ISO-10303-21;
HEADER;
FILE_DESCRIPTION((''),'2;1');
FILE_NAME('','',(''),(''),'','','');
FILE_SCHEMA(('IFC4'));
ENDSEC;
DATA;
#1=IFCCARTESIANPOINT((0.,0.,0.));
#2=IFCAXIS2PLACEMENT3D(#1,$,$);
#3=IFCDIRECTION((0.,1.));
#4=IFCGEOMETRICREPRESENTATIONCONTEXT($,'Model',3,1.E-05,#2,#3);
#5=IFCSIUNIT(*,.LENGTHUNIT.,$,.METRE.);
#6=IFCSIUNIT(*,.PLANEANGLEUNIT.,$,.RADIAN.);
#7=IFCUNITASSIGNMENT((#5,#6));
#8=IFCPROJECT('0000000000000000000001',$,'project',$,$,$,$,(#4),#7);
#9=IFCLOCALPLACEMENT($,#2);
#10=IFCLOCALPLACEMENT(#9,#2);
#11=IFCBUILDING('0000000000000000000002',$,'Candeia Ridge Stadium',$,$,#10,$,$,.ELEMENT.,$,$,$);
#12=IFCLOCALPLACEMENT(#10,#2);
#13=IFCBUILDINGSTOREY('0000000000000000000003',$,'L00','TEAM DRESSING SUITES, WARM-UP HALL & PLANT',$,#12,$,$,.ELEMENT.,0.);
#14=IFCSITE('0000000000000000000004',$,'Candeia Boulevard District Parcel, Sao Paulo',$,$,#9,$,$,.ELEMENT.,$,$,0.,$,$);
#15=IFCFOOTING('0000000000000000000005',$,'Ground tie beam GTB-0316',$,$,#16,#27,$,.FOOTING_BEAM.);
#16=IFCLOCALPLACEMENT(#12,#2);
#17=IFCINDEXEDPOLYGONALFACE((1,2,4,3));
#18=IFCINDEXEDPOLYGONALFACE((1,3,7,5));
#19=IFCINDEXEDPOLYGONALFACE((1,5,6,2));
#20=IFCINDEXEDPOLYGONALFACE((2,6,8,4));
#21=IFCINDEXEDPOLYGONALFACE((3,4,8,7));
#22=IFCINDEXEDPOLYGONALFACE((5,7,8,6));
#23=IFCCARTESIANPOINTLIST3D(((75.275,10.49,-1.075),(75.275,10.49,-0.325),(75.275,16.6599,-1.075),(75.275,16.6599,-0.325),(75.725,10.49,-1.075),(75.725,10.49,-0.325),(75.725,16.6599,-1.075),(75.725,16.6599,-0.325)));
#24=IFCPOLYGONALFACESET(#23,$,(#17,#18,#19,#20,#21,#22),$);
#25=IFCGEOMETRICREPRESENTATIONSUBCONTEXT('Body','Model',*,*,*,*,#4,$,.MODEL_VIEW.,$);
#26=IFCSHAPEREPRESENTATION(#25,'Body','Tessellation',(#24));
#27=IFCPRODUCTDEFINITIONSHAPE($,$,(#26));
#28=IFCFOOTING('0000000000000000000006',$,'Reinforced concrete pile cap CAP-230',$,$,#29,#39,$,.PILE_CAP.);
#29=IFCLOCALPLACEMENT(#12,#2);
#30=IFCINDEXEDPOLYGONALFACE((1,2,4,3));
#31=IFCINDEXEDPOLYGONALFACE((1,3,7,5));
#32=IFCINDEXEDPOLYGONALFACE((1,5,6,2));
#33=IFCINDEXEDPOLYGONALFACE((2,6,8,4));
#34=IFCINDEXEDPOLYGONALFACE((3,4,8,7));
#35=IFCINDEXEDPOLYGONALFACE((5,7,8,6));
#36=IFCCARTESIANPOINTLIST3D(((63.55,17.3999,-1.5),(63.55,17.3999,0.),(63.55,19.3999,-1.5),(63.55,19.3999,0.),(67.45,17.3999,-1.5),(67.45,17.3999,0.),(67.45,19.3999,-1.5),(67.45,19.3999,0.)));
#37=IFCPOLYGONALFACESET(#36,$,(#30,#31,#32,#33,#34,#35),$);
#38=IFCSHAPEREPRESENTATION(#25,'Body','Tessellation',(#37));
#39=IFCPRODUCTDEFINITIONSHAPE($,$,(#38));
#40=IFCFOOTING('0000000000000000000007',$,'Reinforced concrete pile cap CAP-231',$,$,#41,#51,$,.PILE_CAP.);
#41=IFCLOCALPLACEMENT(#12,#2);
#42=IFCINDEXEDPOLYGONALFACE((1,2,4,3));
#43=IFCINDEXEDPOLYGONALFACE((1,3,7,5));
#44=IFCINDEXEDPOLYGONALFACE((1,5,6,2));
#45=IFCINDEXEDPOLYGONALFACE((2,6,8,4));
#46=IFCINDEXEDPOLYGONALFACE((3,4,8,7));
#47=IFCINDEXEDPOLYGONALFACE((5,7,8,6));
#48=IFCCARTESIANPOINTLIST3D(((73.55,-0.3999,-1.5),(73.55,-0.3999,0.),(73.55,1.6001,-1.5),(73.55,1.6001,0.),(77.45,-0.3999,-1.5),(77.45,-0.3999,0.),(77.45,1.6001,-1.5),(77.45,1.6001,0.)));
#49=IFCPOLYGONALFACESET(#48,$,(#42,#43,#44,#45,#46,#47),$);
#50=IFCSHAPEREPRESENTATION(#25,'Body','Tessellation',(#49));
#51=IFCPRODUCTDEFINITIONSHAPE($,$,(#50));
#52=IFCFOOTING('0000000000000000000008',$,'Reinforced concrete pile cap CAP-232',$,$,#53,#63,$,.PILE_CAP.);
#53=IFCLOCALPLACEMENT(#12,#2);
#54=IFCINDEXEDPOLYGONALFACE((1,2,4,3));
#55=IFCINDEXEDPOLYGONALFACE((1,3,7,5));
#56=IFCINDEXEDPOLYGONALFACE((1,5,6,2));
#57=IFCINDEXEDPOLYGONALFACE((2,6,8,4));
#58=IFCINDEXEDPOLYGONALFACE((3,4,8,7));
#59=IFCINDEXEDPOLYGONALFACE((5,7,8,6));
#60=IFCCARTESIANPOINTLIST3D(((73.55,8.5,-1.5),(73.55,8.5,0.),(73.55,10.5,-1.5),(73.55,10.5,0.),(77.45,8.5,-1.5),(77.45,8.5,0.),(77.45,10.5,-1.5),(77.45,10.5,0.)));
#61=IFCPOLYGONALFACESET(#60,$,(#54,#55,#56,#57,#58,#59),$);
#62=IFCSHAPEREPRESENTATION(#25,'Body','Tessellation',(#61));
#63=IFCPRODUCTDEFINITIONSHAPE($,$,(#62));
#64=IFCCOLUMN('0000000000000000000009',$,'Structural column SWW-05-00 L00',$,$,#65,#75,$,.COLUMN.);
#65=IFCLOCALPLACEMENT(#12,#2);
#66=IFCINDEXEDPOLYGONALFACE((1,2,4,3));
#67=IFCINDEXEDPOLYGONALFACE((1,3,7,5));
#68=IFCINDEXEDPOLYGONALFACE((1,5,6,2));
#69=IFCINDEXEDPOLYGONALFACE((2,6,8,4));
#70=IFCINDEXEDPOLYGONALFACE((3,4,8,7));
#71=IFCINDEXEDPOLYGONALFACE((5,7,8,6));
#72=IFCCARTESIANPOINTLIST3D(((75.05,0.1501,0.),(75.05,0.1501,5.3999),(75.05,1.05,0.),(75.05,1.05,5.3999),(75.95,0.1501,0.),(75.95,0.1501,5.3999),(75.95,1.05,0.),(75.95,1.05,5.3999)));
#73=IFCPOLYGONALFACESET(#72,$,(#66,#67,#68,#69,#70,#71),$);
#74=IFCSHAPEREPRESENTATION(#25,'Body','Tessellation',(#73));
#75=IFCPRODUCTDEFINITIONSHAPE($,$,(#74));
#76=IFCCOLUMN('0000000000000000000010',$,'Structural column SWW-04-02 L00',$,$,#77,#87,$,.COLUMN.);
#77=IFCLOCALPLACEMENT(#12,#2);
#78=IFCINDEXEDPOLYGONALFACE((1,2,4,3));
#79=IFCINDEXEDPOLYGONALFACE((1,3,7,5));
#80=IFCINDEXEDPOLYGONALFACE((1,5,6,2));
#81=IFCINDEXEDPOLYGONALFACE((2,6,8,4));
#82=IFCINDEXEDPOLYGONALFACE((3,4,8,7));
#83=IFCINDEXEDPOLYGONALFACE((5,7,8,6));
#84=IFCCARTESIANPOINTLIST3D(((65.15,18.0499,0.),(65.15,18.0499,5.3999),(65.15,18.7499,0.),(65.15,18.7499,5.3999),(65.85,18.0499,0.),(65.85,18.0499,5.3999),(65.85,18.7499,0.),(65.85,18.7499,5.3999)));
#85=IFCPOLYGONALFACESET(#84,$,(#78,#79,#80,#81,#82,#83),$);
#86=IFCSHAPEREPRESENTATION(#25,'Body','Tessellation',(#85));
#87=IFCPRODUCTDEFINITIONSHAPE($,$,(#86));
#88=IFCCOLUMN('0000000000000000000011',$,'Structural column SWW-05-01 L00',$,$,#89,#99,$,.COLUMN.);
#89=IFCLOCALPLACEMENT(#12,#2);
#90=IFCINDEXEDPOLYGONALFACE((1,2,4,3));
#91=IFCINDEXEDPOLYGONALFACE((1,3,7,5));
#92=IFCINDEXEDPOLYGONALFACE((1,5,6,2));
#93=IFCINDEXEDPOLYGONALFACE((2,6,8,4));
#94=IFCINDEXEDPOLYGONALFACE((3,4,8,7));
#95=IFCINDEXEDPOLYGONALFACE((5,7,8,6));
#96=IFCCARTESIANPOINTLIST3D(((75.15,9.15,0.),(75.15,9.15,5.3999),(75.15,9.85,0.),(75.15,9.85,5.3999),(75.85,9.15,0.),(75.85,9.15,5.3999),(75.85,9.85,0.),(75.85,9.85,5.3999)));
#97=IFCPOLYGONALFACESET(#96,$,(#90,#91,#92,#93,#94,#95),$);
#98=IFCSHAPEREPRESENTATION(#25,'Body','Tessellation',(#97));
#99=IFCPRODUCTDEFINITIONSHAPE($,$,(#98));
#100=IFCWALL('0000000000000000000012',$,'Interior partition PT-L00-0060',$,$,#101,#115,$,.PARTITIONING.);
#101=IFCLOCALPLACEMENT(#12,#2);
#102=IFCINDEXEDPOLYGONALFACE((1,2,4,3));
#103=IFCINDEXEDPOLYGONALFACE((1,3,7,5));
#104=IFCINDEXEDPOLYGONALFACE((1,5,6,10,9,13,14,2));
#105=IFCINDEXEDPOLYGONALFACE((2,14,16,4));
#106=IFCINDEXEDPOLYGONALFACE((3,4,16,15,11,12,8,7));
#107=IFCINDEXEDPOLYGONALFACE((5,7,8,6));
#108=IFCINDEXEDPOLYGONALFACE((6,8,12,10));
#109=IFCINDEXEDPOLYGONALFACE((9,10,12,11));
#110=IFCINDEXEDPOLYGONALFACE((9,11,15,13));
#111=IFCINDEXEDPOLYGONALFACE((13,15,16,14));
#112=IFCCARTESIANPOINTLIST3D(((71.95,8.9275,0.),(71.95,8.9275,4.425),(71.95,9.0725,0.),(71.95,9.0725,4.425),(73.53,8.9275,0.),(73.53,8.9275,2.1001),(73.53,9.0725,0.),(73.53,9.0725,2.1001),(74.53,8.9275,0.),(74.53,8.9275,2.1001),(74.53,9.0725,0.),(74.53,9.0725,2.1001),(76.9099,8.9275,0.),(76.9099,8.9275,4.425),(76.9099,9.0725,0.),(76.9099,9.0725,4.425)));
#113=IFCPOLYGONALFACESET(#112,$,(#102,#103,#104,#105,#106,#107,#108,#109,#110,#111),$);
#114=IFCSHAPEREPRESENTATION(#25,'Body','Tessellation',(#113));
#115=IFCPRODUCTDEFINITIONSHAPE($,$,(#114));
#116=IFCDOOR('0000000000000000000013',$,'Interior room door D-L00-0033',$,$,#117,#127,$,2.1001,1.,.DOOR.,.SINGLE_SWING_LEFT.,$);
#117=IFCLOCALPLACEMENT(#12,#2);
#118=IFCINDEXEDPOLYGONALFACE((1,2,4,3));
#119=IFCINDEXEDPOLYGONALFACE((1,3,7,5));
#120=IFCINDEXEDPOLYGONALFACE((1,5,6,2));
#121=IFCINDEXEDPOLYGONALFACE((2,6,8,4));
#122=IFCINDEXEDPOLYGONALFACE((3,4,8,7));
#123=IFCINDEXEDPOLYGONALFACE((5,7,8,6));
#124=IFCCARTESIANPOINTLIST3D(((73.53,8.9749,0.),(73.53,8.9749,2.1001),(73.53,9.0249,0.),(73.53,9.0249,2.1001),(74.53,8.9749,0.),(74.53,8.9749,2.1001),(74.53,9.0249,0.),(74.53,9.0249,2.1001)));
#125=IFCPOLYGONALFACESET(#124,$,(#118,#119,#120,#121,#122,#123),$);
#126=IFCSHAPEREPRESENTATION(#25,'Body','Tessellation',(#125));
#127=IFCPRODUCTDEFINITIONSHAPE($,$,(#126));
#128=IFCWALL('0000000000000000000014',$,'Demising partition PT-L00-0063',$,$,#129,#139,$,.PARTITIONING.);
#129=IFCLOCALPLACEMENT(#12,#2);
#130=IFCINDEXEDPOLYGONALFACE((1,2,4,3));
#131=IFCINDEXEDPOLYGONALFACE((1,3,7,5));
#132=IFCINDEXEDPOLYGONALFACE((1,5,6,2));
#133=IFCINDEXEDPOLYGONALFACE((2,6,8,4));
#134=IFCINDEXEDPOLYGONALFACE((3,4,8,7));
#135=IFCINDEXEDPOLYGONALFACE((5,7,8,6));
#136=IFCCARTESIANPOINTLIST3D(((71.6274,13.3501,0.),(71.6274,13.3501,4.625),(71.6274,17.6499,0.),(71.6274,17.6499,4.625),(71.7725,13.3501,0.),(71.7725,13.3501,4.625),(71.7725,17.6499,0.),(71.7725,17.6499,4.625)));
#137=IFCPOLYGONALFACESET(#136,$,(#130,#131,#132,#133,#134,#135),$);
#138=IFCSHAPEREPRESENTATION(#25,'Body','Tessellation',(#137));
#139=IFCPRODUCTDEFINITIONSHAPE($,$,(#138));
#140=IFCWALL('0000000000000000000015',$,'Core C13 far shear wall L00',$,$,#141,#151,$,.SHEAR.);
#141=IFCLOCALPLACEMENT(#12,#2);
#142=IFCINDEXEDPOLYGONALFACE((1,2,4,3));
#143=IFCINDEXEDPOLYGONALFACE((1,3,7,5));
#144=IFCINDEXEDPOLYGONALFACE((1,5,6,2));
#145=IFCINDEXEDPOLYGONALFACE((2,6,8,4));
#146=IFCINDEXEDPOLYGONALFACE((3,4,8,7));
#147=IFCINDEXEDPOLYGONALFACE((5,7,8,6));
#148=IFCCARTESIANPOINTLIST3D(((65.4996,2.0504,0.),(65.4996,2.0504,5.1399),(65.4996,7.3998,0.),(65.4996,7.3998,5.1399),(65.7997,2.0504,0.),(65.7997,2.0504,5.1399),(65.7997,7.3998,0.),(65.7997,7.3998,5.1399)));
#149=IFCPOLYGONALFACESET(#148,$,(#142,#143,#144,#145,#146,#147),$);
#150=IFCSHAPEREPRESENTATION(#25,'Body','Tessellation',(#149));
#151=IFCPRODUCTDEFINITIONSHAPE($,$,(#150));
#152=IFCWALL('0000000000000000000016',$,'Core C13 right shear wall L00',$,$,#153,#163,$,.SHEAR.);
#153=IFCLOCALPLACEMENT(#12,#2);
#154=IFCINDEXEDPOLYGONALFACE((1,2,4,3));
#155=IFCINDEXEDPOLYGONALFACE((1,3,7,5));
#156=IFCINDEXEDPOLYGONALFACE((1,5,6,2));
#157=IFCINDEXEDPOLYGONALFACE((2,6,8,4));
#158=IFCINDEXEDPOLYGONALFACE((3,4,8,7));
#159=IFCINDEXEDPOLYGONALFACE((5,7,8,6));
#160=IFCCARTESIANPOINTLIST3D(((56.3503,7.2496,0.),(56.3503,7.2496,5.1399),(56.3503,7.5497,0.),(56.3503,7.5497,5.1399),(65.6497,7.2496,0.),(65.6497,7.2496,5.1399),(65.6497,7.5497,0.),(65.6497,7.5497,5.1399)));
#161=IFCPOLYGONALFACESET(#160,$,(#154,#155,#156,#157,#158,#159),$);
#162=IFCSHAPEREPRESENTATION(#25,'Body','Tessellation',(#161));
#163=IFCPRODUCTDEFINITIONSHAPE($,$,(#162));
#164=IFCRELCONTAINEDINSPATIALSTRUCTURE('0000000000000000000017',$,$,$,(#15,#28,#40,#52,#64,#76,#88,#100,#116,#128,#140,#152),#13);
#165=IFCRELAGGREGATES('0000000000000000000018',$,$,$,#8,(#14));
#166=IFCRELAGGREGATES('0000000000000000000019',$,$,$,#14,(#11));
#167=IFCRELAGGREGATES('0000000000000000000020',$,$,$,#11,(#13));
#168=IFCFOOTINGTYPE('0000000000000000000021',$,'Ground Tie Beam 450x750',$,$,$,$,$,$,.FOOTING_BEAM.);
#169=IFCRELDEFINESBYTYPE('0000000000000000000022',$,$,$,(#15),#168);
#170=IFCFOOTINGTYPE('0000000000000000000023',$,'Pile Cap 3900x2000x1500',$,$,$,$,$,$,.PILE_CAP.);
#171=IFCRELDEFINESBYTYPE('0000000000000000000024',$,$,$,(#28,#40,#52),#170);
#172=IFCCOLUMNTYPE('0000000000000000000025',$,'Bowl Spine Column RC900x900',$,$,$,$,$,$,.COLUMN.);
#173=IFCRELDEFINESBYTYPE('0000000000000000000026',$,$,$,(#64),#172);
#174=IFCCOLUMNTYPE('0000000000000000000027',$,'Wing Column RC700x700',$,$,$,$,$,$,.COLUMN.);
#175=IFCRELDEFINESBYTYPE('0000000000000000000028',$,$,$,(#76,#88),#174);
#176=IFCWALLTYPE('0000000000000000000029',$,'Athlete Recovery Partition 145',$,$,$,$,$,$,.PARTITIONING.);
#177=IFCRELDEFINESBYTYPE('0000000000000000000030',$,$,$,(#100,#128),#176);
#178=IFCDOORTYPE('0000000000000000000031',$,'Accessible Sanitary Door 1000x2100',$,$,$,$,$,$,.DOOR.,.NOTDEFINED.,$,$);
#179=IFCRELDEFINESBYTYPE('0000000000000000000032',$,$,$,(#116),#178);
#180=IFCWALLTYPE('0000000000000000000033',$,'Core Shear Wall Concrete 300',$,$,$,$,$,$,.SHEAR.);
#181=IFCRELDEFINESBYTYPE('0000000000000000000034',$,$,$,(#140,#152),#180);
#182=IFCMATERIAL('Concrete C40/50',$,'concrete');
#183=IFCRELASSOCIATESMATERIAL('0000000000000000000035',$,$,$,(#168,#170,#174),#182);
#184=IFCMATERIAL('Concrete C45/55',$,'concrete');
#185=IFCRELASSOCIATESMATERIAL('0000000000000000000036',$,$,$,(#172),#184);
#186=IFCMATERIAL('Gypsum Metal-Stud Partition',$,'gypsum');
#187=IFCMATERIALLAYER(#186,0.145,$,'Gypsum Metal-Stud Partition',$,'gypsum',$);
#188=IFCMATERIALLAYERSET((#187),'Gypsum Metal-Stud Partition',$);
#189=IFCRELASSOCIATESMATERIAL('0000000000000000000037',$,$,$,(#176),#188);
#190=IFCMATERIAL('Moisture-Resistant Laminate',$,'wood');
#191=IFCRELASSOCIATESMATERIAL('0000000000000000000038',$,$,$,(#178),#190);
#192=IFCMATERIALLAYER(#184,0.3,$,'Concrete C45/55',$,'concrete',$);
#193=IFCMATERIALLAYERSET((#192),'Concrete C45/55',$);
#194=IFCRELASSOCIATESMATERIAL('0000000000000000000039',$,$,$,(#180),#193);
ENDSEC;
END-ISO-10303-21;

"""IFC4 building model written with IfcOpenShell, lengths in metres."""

from ifc_helpers import new_model, si_unit, direction, frame, frame_2d, origin, origin_2d, place, context, subcontext, project, spatial, rectangle, extrude, material, layer, layer_set, material_profile, profile_set, type_object, element, fill, save


model = new_model("IFC4")

# Units and contexts
model_context = context("Model", 3, precision=1e-05, world=origin(), true_north=direction((0.0, 1.0)))
body_context = subcontext(model_context, "Body", "Model", "MODEL_VIEW")
ifc_project = project(units=[si_unit("LENGTHUNIT", "METRE"), si_unit("PLANEANGLEUNIT", "RADIAN")], contexts=[model_context])

# Site, building, storey
site_placement = place(None, origin())
site = spatial("IfcSite", under=ifc_project, at=site_placement, Name="Candeia Boulevard District Parcel, Sao Paulo", CompositionType="ELEMENT", RefElevation=0.0)
building_placement = place(site_placement, origin())
building = spatial("IfcBuilding", under=site, at=building_placement, Name="Candeia Ridge Stadium", CompositionType="ELEMENT")
storey_placement = place(building_placement, origin())
storey = spatial("IfcBuildingStorey", under=building, at=storey_placement, Name="L00", Description="TEAM DRESSING SUITES, WARM-UP HALL & PLANT", CompositionType="ELEMENT", Elevation=0.0)

# Shared definitions
ifc_material_1 = material(Name="Concrete C40/50", Category="concrete")

# Footings
footing_type_1 = type_object("IfcFootingType", Name="Ground Tie Beam 450x750", PredefinedType="FOOTING_BEAM", material=ifc_material_1)
footing_1_placement = place(storey_placement, frame((75.5, 13.575, -1.075), z_axis=(0.0, 0.0, 1.0), x_axis=(0.0, 1.0, 0.0)))
element("IfcFooting", 1, at=footing_1_placement, inside=storey, type_object=footing_type_1, Name="Ground tie beam GTB-0316", PredefinedType="FOOTING_BEAM", context=body_context, shape_type="SweptSolid", body=[
    extrude(rectangle(XDim=6.1699, YDim=0.45, at=origin_2d()), origin(), (0.0, 0.0, 1.0), 0.75),
])
footing_type_2 = type_object("IfcFootingType", Name="Pile Cap 3900x2000x1500", PredefinedType="PILE_CAP", material=ifc_material_1)
for number, where, z_axis, x_axis, name in (
    (2, (65.5, 18.3999, -1.5), (0.0, 0.0, 1.0), (1.0, 0.0, 0.0), "Reinforced concrete pile cap CAP-230"),
    (3, (75.5, 0.6001, -1.5), (0.0, 0.0, 1.0), (1.0, 0.0, 0.0), "Reinforced concrete pile cap CAP-231"),
    (4, (75.5, 9.5, -1.5), (0.0, 0.0, 1.0), (1.0, 0.0, 0.0), "Reinforced concrete pile cap CAP-232"),
):
    element("IfcFooting", number, at=place(storey_placement, frame(where, z_axis=z_axis, x_axis=x_axis)), inside=storey, type_object=footing_type_2, Name=name, PredefinedType="PILE_CAP", context=body_context, shape_type="SweptSolid", body=[
        extrude(rectangle(XDim=3.8999, YDim=2.0, at=origin_2d()), origin(), (0.0, 0.0, 1.0), 1.5),
    ])

# Columns
ifc_material_2 = material(Name="Concrete C45/55", Category="concrete")
ifc_material_profile_1 = material_profile(ifc_material_2, rectangle(XDim=0.8999, YDim=0.8999, at=origin_2d()), Name="RC900x900", Category="concrete")
ifc_profile_set_1 = profile_set([ifc_material_profile_1], Name="Concrete C45/55")
column_type_1 = type_object("IfcColumnType", Name="Bowl Spine Column RC900x900", PredefinedType="COLUMN", material=ifc_profile_set_1)
column_placement = place(storey_placement, frame((75.5, 0.6001, 0.0), z_axis=(0.0, 0.0, 1.0), x_axis=(1.0, 0.0, 0.0)))
element("IfcColumn", 5, at=column_placement, inside=storey, type_object=column_type_1, Name="Structural column SWW-05-00 L00", PredefinedType="COLUMN", context=body_context, shape_type="SweptSolid", body=[
    extrude(rectangle(XDim=0.8999, YDim=0.8999, at=origin_2d()), origin(), (0.0, 0.0, 1.0), 5.3999),
])
ifc_material_profile_2 = material_profile(ifc_material_1, rectangle(XDim=0.7, YDim=0.7, at=origin_2d()), Name="RC700x700", Category="concrete")
ifc_profile_set_2 = profile_set([ifc_material_profile_2], Name="Concrete C40/50")
column_type_2 = type_object("IfcColumnType", Name="Wing Column RC700x700", PredefinedType="COLUMN", material=ifc_profile_set_2)
for number, where, z_axis, x_axis, name in (
    (6, (65.5, 18.3999, 0.0), (0.0, 0.0, 1.0), (1.0, 0.0, 0.0), "Structural column SWW-04-02 L00"),
    (7, (75.5, 9.5, 0.0), (0.0, 0.0, 1.0), (1.0, 0.0, 0.0), "Structural column SWW-05-01 L00"),
):
    element("IfcColumn", number, at=place(storey_placement, frame(where, z_axis=z_axis, x_axis=x_axis)), inside=storey, type_object=column_type_2, Name=name, PredefinedType="COLUMN", context=body_context, shape_type="SweptSolid", body=[
        extrude(rectangle(XDim=0.7, YDim=0.7, at=origin_2d()), origin(), (0.0, 0.0, 1.0), 5.3999),
    ])

# Wall, opening, door
ifc_material_3 = material(Name="Gypsum Metal-Stud Partition", Category="gypsum")
ifc_layer_1 = layer(ifc_material_3, 0.145, Name="Gypsum Metal-Stud Partition", Category="gypsum")
ifc_layer_set_1 = layer_set([ifc_layer_1], Name="Gypsum Metal-Stud Partition")
wall_type_1 = type_object("IfcWallType", Name="Athlete Recovery Partition 145", PredefinedType="PARTITIONING", material=ifc_layer_set_1)
wall_1_placement = place(storey_placement, frame((71.95, 9.0, 0.0), z_axis=(0.0, 0.0, 1.0), x_axis=(1.0, 0.0, 0.0)))
wall_1 = element("IfcWall", 8, at=wall_1_placement, inside=storey, type_object=wall_type_1, Name="Interior partition PT-L00-0060", PredefinedType="PARTITIONING", context=body_context, shape_type="SweptSolid", body=[
    extrude(rectangle(XDim=4.96, YDim=0.145, at=frame_2d((2.48, 0.0))), origin(), (0.0, 0.0, 1.0), 4.425),
])
opening_1_placement = place(wall_1_placement, frame((1.5801, 0.0, 0.0)))
opening_1 = element("IfcOpeningElement", 9, at=opening_1_placement, cuts=wall_1, PredefinedType="OPENING", context=body_context, shape_type="SweptSolid", body=[
    extrude(rectangle(XDim=1.0, YDim=2.1001, at=frame_2d((0.5, 1.05))), frame((0.0, 0.0825, 0.0), z_axis=(0.0, -1.0, 0.0), x_axis=(1.0, 0.0, 0.0)), (0.0, 0.0, 1.0), 0.165),
])
ifc_material_4 = material(Name="Moisture-Resistant Laminate", Category="wood")
door_type_1 = type_object("IfcDoorType", Name="Accessible Sanitary Door 1000x2100", OperationType="NOTDEFINED", PredefinedType="DOOR", material=ifc_material_4)
door_1_placement = place(opening_1_placement, origin())
door_1 = element("IfcDoor", 10, at=door_1_placement, inside=storey, type_object=door_type_1, Name="Interior room door D-L00-0033", OperationType="SINGLE_SWING_LEFT", OverallHeight=2.1001, OverallWidth=1.0, PredefinedType="DOOR", context=body_context, shape_type="SweptSolid", body=[
    extrude(rectangle(XDim=1.0, YDim=2.1001, at=frame_2d((0.5, 1.05))), frame((0.0, 0.0249, 0.0), z_axis=(0.0, -1.0, 0.0), x_axis=(1.0, 0.0, 0.0)), (0.0, 0.0, 1.0), 0.05),
])
fill(opening_1, door_1)

# Walls
wall_2_placement = place(storey_placement, frame((71.7, 13.3501, 0.0), z_axis=(0.0, 0.0, 1.0), x_axis=(0.0, 1.0, 0.0)))
element("IfcWall", 11, at=wall_2_placement, inside=storey, type_object=wall_type_1, Name="Demising partition PT-L00-0063", PredefinedType="PARTITIONING", context=body_context, shape_type="SweptSolid", body=[
    extrude(rectangle(XDim=4.2998, YDim=0.145, at=frame_2d((2.1499, 0.0))), origin(), (0.0, 0.0, 1.0), 4.625),
])
ifc_layer_2 = layer(ifc_material_2, 0.3, Name="Concrete C45/55", Category="concrete")
ifc_layer_set_2 = layer_set([ifc_layer_2], Name="Concrete C45/55")
wall_type_2 = type_object("IfcWallType", Name="Core Shear Wall Concrete 300", PredefinedType="SHEAR", material=ifc_layer_set_2)
wall_3_placement = place(storey_placement, frame((65.6497, 2.0503, 0.0), z_axis=(0.0, 0.0, 1.0), x_axis=(0.0, 1.0, 0.0)))
element("IfcWall", 12, at=wall_3_placement, inside=storey, type_object=wall_type_2, Name="Core C13 far shear wall L00", PredefinedType="SHEAR", context=body_context, shape_type="SweptSolid", body=[
    extrude(rectangle(XDim=5.3494, YDim=0.3, at=frame_2d((2.6748, 0.0))), origin(), (0.0, 0.0, 1.0), 5.1399),
])
wall_4_placement = place(storey_placement, frame((65.6497, 7.3997, 0.0), z_axis=(0.0, 0.0, 1.0), x_axis=(-1.0, 0.0, 0.0)))
element("IfcWall", 13, at=wall_4_placement, inside=storey, type_object=wall_type_2, Name="Core C13 right shear wall L00", PredefinedType="SHEAR", context=body_context, shape_type="SweptSolid", body=[
    extrude(rectangle(XDim=9.2993, YDim=0.3, at=frame_2d((4.6497, 0.0))), origin(), (0.0, 0.0, 1.0), 5.1399),
])

save(model, "model.ifc")
